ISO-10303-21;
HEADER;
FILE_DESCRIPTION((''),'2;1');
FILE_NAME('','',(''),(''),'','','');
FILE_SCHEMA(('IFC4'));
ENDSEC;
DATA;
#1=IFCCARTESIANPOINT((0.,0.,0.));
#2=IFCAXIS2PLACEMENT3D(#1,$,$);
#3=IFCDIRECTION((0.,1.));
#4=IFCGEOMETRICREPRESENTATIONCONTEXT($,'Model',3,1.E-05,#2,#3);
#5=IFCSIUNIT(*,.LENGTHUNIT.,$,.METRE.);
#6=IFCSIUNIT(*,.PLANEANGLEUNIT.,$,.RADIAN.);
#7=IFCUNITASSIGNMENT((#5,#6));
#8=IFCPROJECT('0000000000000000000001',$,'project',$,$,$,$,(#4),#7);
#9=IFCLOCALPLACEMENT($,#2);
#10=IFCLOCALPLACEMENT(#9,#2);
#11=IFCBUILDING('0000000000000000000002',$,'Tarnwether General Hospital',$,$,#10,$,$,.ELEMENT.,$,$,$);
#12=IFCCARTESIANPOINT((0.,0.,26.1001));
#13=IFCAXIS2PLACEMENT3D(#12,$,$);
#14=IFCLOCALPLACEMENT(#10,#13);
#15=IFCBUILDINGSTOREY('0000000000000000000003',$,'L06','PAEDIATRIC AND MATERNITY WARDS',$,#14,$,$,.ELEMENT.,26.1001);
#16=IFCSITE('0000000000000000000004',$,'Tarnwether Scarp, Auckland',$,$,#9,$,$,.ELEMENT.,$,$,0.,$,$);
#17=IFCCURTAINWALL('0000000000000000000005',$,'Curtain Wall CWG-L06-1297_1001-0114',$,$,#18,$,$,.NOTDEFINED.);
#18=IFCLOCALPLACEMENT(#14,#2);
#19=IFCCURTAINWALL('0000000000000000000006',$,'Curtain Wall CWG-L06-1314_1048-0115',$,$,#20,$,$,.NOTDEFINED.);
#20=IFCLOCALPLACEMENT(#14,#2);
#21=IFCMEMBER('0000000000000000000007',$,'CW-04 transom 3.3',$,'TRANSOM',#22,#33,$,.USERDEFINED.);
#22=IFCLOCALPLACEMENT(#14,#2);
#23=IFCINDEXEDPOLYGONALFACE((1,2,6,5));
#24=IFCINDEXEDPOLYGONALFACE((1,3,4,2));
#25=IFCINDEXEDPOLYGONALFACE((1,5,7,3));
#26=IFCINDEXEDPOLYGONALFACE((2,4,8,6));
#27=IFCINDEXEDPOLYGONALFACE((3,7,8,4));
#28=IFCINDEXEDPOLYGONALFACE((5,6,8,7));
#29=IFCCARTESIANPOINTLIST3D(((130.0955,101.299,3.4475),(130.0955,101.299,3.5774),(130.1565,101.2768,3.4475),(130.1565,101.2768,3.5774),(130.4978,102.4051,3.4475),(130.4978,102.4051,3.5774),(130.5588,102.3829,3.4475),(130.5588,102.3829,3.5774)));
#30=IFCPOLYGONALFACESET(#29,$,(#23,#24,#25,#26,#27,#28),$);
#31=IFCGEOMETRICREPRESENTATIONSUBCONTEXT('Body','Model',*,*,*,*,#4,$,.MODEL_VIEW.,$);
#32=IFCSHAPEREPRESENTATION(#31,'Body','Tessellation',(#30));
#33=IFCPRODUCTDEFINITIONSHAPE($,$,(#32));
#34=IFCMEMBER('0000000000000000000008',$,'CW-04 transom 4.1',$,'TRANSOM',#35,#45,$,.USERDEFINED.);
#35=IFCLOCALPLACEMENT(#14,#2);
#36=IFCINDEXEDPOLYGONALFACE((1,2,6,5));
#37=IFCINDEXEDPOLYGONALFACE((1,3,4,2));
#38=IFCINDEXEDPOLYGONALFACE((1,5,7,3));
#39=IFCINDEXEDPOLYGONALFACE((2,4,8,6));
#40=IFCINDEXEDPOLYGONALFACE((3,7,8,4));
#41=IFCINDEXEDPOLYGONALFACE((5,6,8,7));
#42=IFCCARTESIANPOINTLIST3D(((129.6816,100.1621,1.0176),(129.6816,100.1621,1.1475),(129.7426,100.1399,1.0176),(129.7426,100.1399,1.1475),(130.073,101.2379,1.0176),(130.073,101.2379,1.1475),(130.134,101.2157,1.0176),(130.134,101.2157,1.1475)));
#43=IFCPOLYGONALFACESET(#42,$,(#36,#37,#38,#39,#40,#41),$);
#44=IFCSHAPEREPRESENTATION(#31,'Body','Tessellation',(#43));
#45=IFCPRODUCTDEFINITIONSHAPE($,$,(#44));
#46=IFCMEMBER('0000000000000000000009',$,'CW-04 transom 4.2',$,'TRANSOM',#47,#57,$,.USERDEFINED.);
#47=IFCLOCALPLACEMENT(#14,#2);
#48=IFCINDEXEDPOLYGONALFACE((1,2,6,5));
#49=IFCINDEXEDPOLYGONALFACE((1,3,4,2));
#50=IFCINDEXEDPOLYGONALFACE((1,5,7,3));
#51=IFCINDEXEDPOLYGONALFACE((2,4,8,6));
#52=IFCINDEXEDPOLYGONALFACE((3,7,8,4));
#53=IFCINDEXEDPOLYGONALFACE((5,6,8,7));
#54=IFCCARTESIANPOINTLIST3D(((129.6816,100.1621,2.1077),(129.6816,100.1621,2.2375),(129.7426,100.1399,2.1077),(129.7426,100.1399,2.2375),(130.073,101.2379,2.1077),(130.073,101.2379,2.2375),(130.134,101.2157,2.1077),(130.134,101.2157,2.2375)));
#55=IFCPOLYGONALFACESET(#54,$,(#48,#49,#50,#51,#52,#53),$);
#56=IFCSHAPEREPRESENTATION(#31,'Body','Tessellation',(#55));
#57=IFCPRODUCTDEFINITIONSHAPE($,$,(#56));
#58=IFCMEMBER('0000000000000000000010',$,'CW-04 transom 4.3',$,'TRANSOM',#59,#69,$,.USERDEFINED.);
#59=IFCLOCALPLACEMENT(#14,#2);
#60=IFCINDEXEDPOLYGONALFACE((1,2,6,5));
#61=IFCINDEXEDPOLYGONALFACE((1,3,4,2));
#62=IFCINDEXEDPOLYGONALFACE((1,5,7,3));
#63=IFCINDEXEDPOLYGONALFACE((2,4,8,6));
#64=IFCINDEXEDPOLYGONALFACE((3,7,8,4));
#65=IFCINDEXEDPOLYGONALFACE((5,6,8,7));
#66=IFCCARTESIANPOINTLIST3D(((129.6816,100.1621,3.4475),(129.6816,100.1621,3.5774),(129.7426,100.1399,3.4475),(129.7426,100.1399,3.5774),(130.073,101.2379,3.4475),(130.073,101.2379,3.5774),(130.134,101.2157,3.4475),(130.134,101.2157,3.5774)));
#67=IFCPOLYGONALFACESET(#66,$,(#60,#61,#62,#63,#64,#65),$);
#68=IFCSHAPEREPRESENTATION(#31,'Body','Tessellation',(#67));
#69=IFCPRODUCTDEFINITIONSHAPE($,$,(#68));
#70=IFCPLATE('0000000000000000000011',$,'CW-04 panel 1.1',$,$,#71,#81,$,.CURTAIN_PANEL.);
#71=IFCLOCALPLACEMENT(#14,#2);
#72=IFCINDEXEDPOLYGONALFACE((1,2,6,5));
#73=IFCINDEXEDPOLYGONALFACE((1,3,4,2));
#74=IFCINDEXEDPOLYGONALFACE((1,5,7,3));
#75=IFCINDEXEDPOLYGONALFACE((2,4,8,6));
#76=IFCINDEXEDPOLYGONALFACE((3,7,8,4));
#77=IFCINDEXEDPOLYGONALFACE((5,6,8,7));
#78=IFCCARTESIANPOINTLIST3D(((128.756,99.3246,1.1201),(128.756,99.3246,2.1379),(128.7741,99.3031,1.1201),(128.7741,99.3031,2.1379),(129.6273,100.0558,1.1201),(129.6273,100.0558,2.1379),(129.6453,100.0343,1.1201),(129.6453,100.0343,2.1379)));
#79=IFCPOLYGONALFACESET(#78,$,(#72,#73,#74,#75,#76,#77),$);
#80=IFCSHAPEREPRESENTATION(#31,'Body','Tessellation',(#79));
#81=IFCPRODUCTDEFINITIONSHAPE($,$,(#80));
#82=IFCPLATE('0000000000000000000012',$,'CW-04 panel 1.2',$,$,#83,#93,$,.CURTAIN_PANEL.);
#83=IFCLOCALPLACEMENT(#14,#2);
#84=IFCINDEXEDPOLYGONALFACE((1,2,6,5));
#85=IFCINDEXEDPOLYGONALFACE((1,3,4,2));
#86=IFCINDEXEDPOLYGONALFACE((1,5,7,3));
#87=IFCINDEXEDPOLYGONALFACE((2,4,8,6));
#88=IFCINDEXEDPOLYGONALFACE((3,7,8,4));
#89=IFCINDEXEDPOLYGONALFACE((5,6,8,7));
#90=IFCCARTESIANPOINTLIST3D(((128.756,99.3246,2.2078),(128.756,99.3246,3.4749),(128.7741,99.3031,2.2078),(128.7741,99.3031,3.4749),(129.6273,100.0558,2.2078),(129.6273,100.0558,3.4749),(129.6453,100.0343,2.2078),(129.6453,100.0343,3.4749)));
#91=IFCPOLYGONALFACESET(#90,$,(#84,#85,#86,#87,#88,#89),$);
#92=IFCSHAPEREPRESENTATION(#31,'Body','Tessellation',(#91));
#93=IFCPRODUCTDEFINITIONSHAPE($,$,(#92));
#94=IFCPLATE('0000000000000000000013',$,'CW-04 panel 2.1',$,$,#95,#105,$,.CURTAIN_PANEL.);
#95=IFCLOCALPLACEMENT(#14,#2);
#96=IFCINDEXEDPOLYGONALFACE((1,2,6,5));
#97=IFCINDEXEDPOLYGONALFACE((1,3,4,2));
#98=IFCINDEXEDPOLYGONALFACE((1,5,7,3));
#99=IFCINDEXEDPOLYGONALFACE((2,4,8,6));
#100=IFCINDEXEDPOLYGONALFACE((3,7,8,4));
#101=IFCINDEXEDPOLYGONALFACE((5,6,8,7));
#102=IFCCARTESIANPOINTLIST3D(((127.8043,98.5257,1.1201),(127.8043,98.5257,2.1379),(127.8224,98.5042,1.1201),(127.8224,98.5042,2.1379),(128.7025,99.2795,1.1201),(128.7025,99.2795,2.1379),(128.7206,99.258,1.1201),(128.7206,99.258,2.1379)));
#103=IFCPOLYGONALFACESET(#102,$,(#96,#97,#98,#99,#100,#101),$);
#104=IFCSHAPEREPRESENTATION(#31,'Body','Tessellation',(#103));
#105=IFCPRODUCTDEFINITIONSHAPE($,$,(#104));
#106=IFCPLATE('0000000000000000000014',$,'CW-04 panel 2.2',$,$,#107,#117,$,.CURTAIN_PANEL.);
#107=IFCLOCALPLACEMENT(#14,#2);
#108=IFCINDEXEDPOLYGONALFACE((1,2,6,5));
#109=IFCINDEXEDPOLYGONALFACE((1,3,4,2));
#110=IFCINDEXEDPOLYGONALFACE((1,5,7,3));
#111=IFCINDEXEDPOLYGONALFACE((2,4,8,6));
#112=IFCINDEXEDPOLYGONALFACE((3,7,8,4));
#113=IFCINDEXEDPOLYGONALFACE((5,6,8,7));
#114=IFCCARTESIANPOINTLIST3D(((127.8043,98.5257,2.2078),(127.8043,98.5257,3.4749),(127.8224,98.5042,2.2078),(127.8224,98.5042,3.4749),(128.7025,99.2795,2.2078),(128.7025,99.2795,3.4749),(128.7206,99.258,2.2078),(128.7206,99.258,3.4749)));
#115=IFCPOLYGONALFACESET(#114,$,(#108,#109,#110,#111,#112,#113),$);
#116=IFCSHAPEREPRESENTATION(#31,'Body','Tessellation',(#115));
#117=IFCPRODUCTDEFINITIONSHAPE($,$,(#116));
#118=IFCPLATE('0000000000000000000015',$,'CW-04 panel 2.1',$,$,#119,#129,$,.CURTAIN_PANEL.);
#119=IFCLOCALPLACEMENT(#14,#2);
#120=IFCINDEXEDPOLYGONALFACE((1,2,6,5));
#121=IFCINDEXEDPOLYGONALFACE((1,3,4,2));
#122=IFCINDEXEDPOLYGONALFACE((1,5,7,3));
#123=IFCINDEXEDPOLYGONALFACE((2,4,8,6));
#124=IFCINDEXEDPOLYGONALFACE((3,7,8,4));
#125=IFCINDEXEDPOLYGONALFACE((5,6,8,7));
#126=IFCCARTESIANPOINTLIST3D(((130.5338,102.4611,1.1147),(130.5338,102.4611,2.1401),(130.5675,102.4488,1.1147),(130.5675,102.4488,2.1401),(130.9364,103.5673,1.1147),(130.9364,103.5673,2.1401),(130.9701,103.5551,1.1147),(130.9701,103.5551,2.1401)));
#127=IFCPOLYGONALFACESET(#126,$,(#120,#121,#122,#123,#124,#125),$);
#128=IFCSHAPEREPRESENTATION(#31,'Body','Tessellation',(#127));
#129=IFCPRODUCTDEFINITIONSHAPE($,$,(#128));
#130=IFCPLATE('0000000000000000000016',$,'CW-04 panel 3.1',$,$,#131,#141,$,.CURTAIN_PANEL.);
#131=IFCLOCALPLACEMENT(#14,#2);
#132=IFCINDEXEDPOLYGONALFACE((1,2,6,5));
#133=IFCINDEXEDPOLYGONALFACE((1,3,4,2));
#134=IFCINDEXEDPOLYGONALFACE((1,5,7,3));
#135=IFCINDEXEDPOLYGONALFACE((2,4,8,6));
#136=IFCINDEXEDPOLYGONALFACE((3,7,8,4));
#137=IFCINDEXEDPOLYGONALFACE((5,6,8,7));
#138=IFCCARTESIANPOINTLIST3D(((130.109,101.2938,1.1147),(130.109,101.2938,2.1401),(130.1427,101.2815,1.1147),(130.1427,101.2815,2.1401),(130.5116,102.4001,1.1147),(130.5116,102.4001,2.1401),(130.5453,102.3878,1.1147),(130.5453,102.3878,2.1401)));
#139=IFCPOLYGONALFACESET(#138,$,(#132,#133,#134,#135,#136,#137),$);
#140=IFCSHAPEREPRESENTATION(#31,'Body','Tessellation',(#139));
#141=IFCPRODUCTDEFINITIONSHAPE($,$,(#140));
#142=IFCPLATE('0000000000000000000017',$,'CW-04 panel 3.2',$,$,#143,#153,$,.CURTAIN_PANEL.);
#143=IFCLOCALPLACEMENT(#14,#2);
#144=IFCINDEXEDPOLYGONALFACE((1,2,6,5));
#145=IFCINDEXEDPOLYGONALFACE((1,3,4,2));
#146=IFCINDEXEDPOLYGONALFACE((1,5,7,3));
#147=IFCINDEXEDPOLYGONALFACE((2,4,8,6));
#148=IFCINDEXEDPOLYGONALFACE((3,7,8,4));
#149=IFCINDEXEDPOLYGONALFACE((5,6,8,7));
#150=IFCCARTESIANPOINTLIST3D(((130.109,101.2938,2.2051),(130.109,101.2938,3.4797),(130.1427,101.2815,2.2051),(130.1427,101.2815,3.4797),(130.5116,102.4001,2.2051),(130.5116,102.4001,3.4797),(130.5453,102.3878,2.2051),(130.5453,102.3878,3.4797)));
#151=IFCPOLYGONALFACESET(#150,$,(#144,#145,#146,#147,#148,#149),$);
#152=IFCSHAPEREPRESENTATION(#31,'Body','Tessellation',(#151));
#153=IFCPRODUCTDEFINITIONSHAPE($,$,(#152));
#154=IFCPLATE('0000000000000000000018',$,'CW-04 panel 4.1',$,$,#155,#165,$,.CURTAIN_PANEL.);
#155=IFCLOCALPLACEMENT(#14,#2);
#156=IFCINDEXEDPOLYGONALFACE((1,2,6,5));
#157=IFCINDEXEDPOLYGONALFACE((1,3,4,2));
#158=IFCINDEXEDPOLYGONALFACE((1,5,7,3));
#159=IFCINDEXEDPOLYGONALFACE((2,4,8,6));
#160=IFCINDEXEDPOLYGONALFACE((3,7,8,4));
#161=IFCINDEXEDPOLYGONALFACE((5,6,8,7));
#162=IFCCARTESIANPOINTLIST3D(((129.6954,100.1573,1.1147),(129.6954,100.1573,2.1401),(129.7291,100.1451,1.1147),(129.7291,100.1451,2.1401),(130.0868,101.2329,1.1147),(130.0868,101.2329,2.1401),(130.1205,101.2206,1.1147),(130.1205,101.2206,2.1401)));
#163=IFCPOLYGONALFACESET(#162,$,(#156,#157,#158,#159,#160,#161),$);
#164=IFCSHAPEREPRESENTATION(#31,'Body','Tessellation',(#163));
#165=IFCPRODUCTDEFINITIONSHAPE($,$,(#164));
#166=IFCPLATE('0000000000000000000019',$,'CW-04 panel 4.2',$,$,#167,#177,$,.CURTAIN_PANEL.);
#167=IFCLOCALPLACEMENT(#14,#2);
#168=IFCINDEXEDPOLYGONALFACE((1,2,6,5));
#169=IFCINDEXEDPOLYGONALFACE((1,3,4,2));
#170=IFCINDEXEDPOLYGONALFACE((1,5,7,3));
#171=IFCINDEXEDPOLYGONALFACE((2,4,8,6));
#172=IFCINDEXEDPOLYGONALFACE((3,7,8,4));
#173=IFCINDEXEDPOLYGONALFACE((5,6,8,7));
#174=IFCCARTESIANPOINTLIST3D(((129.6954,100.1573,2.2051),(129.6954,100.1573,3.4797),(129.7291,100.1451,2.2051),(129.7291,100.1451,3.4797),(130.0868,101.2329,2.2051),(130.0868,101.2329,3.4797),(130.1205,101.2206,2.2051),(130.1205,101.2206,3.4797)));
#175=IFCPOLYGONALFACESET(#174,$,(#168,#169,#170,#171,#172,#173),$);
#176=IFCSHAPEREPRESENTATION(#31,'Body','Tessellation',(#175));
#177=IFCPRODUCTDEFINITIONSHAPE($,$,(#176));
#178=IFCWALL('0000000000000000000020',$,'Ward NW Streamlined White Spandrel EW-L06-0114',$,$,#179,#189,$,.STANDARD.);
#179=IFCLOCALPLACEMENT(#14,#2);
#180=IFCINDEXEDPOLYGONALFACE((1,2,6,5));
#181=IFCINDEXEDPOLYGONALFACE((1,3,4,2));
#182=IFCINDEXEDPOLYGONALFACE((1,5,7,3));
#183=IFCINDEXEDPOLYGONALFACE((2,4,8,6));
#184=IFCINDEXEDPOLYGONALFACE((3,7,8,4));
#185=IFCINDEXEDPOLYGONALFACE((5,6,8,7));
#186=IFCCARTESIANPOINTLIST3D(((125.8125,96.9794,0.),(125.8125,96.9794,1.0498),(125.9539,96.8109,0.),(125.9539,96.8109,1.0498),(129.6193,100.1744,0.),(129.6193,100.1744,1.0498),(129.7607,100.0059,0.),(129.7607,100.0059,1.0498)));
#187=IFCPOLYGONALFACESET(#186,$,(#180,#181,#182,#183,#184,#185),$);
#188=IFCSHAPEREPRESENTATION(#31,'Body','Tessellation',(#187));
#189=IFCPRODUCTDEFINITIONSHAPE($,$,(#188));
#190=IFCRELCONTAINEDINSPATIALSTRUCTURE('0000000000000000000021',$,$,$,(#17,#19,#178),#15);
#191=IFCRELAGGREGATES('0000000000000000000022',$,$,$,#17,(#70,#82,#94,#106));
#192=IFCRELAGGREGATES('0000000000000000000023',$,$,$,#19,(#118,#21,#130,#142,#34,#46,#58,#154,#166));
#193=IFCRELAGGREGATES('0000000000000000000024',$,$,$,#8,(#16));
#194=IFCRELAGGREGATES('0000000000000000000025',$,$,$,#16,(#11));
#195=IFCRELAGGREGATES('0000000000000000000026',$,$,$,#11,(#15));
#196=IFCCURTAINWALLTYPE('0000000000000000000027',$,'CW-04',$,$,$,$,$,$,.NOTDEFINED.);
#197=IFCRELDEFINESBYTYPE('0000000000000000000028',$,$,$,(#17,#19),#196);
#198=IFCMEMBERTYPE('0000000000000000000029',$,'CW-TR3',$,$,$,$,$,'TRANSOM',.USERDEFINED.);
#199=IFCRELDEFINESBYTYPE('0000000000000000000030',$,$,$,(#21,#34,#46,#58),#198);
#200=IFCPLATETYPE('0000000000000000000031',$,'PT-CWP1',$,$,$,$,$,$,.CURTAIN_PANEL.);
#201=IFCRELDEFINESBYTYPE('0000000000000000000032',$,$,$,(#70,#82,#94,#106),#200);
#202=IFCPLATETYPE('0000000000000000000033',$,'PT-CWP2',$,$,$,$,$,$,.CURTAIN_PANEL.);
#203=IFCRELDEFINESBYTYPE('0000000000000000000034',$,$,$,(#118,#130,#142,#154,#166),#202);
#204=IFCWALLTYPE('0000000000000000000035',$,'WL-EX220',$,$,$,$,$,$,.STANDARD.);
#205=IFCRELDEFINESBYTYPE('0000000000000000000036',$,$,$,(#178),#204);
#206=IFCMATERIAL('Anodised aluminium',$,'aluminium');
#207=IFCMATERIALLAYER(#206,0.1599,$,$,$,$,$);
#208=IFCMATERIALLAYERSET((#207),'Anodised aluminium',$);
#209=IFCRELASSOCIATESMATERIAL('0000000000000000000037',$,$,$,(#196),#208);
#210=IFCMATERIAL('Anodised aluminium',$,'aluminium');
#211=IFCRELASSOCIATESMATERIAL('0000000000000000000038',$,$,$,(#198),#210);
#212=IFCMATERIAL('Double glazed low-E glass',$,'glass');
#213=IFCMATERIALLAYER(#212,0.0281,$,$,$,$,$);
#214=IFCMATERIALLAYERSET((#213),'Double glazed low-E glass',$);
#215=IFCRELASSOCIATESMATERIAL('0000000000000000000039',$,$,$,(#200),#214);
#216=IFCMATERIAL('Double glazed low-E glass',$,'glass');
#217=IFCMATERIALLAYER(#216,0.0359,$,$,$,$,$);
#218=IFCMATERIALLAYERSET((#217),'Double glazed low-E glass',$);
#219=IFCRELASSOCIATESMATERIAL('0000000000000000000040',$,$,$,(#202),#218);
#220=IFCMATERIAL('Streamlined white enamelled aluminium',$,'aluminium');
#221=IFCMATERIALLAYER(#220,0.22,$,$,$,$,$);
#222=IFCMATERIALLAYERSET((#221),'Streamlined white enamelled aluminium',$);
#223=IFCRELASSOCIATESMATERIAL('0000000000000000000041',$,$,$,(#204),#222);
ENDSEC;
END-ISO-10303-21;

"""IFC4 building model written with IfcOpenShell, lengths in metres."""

from ifc_helpers import new_model, si_unit, direction, frame, frame_2d, origin, origin_2d, place, context, subcontext, project, spatial, rectangle, extrude, material, layer, layer_set, material_profile, profile_set, type_object, element, aggregate, save


model = new_model("IFC4")

# Units and contexts
model_context = context("Model", 3, precision=1e-05, world=origin(), true_north=direction((0.0, 1.0)))
body_context = subcontext(model_context, "Body", "Model", "MODEL_VIEW")
ifc_project = project(units=[si_unit("LENGTHUNIT", "METRE"), si_unit("PLANEANGLEUNIT", "RADIAN")], contexts=[model_context])

# Site, building, storey
site_placement = place(None, origin())
site = spatial("IfcSite", under=ifc_project, at=site_placement, Name="Tarnwether Scarp, Auckland", CompositionType="ELEMENT", RefElevation=0.0)
building_placement = place(site_placement, origin())
building = spatial("IfcBuilding", under=site, at=building_placement, Name="Tarnwether General Hospital", CompositionType="ELEMENT")
storey_placement = place(building_placement, frame((0.0, 0.0, 26.1001)))
storey = spatial("IfcBuildingStorey", under=building, at=storey_placement, Name="L06", Description="PAEDIATRIC AND MATERNITY WARDS", CompositionType="ELEMENT", Elevation=26.1001)

# Curtain walls
ifc_material_1 = material(Name="Anodised aluminium", Category="aluminium")
ifc_layer_1 = layer(ifc_material_1, 0.1599)
ifc_layer_set_1 = layer_set([ifc_layer_1], Name="Anodised aluminium")
curtain_wall_type = type_object("IfcCurtainWallType", Name="CW-04", PredefinedType="NOTDEFINED", material=ifc_layer_set_1)
curtain_wall_1_placement = place(storey_placement, origin())
curtain_wall_1 = element("IfcCurtainWall", 1, at=curtain_wall_1_placement, inside=storey, type_object=curtain_wall_type, Name="Curtain Wall CWG-L06-1297_1001-0114", PredefinedType="NOTDEFINED")
curtain_wall_2_placement = place(storey_placement, origin())
curtain_wall_2 = element("IfcCurtainWall", 2, at=curtain_wall_2_placement, inside=storey, type_object=curtain_wall_type, Name="Curtain Wall CWG-L06-1314_1048-0115", PredefinedType="NOTDEFINED")

# Members
ifc_material_2 = material(Name="Anodised aluminium", Category="aluminium")
ifc_material_profile_1 = material_profile(ifc_material_2, rectangle(XDim=0.0649, YDim=0.1299, at=origin_2d()), Name="ALU-TRN-65x130")
ifc_profile_set_1 = profile_set([ifc_material_profile_1], Name="Anodised aluminium")
member_type_1 = type_object("IfcMemberType", Name="CW-TR3", ElementType="TRANSOM", PredefinedType="USERDEFINED", material=ifc_profile_set_1)
member_1_placement = place(storey_placement, frame((130.5283, 102.394, 3.5125), z_axis=(-0.34181, -0.939769, 0.0), x_axis=(0.939769, -0.34181, 0.0)))
member_1 = element("IfcMember", 3, at=member_1_placement, type_object=member_type_1, Name="CW-04 transom 3.3", ObjectType="TRANSOM", PredefinedType="USERDEFINED", context=body_context, shape_type="SweptSolid", body=[
    extrude(rectangle(XDim=0.0649, YDim=0.1299, at=origin_2d()), origin(), (0.0, 0.0, 1.0), 1.177),
])
member_2_placement = place(storey_placement, frame((130.1035, 101.2268, 1.0825), z_axis=(-0.341897, -0.939737, 0.0), x_axis=(0.939737, -0.341897, 0.0)))
member_2 = element("IfcMember", 4, at=member_2_placement, type_object=member_type_1, Name="CW-04 transom 4.1", ObjectType="TRANSOM", PredefinedType="USERDEFINED", context=body_context, shape_type="SweptSolid", body=[
    extrude(rectangle(XDim=0.0649, YDim=0.1299, at=origin_2d()), origin(), (0.0, 0.0, 1.0), 1.1448),
])
member_3_placement = place(storey_placement, frame((130.1035, 101.2268, 2.1726), z_axis=(-0.341897, -0.939737, 0.0), x_axis=(0.939737, -0.341897, 0.0)))
member_3 = element("IfcMember", 5, at=member_3_placement, type_object=member_type_1, Name="CW-04 transom 4.2", ObjectType="TRANSOM", PredefinedType="USERDEFINED", context=body_context, shape_type="SweptSolid", body=[
    extrude(rectangle(XDim=0.0649, YDim=0.1299, at=origin_2d()), origin(), (0.0, 0.0, 1.0), 1.1448),
])
member_4_placement = place(storey_placement, frame((130.1035, 101.2268, 3.5125), z_axis=(-0.341897, -0.939737, 0.0), x_axis=(0.939737, -0.341897, 0.0)))
member_4 = element("IfcMember", 6, at=member_4_placement, type_object=member_type_1, Name="CW-04 transom 4.3", ObjectType="TRANSOM", PredefinedType="USERDEFINED", context=body_context, shape_type="SweptSolid", body=[
    extrude(rectangle(XDim=0.0649, YDim=0.1299, at=origin_2d()), origin(), (0.0, 0.0, 1.0), 1.1448),
])

# Plates
ifc_material_3 = material(Name="Double glazed low-E glass", Category="glass")
ifc_layer_2 = layer(ifc_material_3, 0.0281)
ifc_layer_set_2 = layer_set([ifc_layer_2], Name="Double glazed low-E glass")
plate_type_1 = type_object("IfcPlateType", Name="PT-CWP1", PredefinedType="CURTAIN_PANEL", material=ifc_layer_set_2)
plate_1_placement = place(storey_placement, frame((129.2007, 99.6794, 1.1201), z_axis=(0.0, 0.0, 1.0), x_axis=(-0.76599, -0.642852, 0.0)))
plate_1 = element("IfcPlate", 7, at=plate_1_placement, type_object=plate_type_1, Name="CW-04 panel 1.1", PredefinedType="CURTAIN_PANEL", context=body_context, shape_type="SweptSolid", body=[
    extrude(rectangle(XDim=1.1375, YDim=0.0281, at=origin_2d()), origin(), (0.0, 0.0, 1.0), 1.0178),
])
plate_2_placement = place(storey_placement, frame((129.2007, 99.6794, 2.2078), z_axis=(0.0, 0.0, 1.0), x_axis=(-0.76599, -0.642852, 0.0)))
plate_2 = element("IfcPlate", 8, at=plate_2_placement, type_object=plate_type_1, Name="CW-04 panel 1.2", PredefinedType="CURTAIN_PANEL", context=body_context, shape_type="SweptSolid", body=[
    extrude(rectangle(XDim=1.1375, YDim=0.0281, at=origin_2d()), origin(), (0.0, 0.0, 1.0), 1.2671),
])
plate_3_placement = place(storey_placement, frame((128.2625, 98.8918, 1.1201), z_axis=(0.0, 0.0, 1.0), x_axis=(-0.76599, -0.642852, 0.0)))
plate_3 = element("IfcPlate", 9, at=plate_3_placement, type_object=plate_type_1, Name="CW-04 panel 2.1", PredefinedType="CURTAIN_PANEL", context=body_context, shape_type="SweptSolid", body=[
    extrude(rectangle(XDim=1.1726, YDim=0.0281, at=origin_2d()), origin(), (0.0, 0.0, 1.0), 1.0178),
])
plate_4_placement = place(storey_placement, frame((128.2625, 98.8918, 2.2078), z_axis=(0.0, 0.0, 1.0), x_axis=(-0.76599, -0.642852, 0.0)))
plate_4 = element("IfcPlate", 10, at=plate_4_placement, type_object=plate_type_1, Name="CW-04 panel 2.2", PredefinedType="CURTAIN_PANEL", context=body_context, shape_type="SweptSolid", body=[
    extrude(rectangle(XDim=1.1726, YDim=0.0281, at=origin_2d()), origin(), (0.0, 0.0, 1.0), 1.2671),
])
aggregate(curtain_wall_1, [plate_1, plate_2, plate_3, plate_4])
ifc_material_4 = material(Name="Double glazed low-E glass", Category="glass")
ifc_layer_3 = layer(ifc_material_4, 0.0359)
ifc_layer_set_3 = layer_set([ifc_layer_3], Name="Double glazed low-E glass")
plate_type_2 = type_object("IfcPlateType", Name="PT-CWP2", PredefinedType="CURTAIN_PANEL", material=ifc_layer_set_3)
plate_5_placement = place(storey_placement, frame((130.752, 103.0081, 1.1147), z_axis=(0.0, 0.0, 1.0), x_axis=(-0.341953, -0.939717, 0.0)))
plate_5 = element("IfcPlate", 11, at=plate_5_placement, type_object=plate_type_2, Name="CW-04 panel 2.1", PredefinedType="CURTAIN_PANEL", context=body_context, shape_type="SweptSolid", body=[
    extrude(rectangle(XDim=1.1772, YDim=0.0359, at=origin_2d()), origin(), (0.0, 0.0, 1.0), 1.0254),
])
plate_6_placement = place(storey_placement, frame((130.3271, 101.8408, 1.1147), z_axis=(0.0, 0.0, 1.0), x_axis=(-0.341953, -0.939717, 0.0)))
plate_6 = element("IfcPlate", 12, at=plate_6_placement, type_object=plate_type_2, Name="CW-04 panel 3.1", PredefinedType="CURTAIN_PANEL", context=body_context, shape_type="SweptSolid", body=[
    extrude(rectangle(XDim=1.1772, YDim=0.0359, at=origin_2d()), origin(), (0.0, 0.0, 1.0), 1.0254),
])
plate_7_placement = place(storey_placement, frame((130.3271, 101.8408, 2.2051), z_axis=(0.0, 0.0, 1.0), x_axis=(-0.341953, -0.939717, 0.0)))
plate_7 = element("IfcPlate", 13, at=plate_7_placement, type_object=plate_type_2, Name="CW-04 panel 3.2", PredefinedType="CURTAIN_PANEL", context=body_context, shape_type="SweptSolid", body=[
    extrude(rectangle(XDim=1.1772, YDim=0.0359, at=origin_2d()), origin(), (0.0, 0.0, 1.0), 1.2747),
])
plate_8_placement = place(storey_placement, frame((129.908, 100.689, 1.1147), z_axis=(0.0, 0.0, 1.0), x_axis=(-0.341953, -0.939717, 0.0)))
plate_8 = element("IfcPlate", 14, at=plate_8_placement, type_object=plate_type_2, Name="CW-04 panel 4.1", PredefinedType="CURTAIN_PANEL", context=body_context, shape_type="SweptSolid", body=[
    extrude(rectangle(XDim=1.1445, YDim=0.0359, at=origin_2d()), origin(), (0.0, 0.0, 1.0), 1.0254),
])
plate_9_placement = place(storey_placement, frame((129.908, 100.689, 2.2051), z_axis=(0.0, 0.0, 1.0), x_axis=(-0.341953, -0.939717, 0.0)))
plate_9 = element("IfcPlate", 15, at=plate_9_placement, type_object=plate_type_2, Name="CW-04 panel 4.2", PredefinedType="CURTAIN_PANEL", context=body_context, shape_type="SweptSolid", body=[
    extrude(rectangle(XDim=1.1445, YDim=0.0359, at=origin_2d()), origin(), (0.0, 0.0, 1.0), 1.2747),
])
aggregate(curtain_wall_2, [plate_5, member_1, plate_6, plate_7, member_2, member_3, member_4, plate_8, plate_9])

# Wall
ifc_material_5 = material(Name="Streamlined white enamelled aluminium", Category="aluminium")
ifc_layer_4 = layer(ifc_material_5, 0.22)
ifc_layer_set_4 = layer_set([ifc_layer_4], Name="Streamlined white enamelled aluminium")
wall_type = type_object("IfcWallType", Name="WL-EX220", PredefinedType="STANDARD", material=ifc_layer_set_4)
wall_placement = place(storey_placement, frame((129.6899, 100.0901, 0.0), z_axis=(0.0, 0.0, 1.0), x_axis=(-0.765974, -0.642872, 0.0)))
element("IfcWall", 16, at=wall_placement, inside=storey, type_object=wall_type, Name="Ward NW Streamlined White Spandrel EW-L06-0114", PredefinedType="STANDARD", context=body_context, shape_type="SweptSolid", body=[
    extrude(rectangle(XDim=4.97, YDim=0.22, at=frame_2d((2.4849, 0.0))), origin(), (0.0, 0.0, 1.0), 1.0498),
])

save(model, "model.ifc")
